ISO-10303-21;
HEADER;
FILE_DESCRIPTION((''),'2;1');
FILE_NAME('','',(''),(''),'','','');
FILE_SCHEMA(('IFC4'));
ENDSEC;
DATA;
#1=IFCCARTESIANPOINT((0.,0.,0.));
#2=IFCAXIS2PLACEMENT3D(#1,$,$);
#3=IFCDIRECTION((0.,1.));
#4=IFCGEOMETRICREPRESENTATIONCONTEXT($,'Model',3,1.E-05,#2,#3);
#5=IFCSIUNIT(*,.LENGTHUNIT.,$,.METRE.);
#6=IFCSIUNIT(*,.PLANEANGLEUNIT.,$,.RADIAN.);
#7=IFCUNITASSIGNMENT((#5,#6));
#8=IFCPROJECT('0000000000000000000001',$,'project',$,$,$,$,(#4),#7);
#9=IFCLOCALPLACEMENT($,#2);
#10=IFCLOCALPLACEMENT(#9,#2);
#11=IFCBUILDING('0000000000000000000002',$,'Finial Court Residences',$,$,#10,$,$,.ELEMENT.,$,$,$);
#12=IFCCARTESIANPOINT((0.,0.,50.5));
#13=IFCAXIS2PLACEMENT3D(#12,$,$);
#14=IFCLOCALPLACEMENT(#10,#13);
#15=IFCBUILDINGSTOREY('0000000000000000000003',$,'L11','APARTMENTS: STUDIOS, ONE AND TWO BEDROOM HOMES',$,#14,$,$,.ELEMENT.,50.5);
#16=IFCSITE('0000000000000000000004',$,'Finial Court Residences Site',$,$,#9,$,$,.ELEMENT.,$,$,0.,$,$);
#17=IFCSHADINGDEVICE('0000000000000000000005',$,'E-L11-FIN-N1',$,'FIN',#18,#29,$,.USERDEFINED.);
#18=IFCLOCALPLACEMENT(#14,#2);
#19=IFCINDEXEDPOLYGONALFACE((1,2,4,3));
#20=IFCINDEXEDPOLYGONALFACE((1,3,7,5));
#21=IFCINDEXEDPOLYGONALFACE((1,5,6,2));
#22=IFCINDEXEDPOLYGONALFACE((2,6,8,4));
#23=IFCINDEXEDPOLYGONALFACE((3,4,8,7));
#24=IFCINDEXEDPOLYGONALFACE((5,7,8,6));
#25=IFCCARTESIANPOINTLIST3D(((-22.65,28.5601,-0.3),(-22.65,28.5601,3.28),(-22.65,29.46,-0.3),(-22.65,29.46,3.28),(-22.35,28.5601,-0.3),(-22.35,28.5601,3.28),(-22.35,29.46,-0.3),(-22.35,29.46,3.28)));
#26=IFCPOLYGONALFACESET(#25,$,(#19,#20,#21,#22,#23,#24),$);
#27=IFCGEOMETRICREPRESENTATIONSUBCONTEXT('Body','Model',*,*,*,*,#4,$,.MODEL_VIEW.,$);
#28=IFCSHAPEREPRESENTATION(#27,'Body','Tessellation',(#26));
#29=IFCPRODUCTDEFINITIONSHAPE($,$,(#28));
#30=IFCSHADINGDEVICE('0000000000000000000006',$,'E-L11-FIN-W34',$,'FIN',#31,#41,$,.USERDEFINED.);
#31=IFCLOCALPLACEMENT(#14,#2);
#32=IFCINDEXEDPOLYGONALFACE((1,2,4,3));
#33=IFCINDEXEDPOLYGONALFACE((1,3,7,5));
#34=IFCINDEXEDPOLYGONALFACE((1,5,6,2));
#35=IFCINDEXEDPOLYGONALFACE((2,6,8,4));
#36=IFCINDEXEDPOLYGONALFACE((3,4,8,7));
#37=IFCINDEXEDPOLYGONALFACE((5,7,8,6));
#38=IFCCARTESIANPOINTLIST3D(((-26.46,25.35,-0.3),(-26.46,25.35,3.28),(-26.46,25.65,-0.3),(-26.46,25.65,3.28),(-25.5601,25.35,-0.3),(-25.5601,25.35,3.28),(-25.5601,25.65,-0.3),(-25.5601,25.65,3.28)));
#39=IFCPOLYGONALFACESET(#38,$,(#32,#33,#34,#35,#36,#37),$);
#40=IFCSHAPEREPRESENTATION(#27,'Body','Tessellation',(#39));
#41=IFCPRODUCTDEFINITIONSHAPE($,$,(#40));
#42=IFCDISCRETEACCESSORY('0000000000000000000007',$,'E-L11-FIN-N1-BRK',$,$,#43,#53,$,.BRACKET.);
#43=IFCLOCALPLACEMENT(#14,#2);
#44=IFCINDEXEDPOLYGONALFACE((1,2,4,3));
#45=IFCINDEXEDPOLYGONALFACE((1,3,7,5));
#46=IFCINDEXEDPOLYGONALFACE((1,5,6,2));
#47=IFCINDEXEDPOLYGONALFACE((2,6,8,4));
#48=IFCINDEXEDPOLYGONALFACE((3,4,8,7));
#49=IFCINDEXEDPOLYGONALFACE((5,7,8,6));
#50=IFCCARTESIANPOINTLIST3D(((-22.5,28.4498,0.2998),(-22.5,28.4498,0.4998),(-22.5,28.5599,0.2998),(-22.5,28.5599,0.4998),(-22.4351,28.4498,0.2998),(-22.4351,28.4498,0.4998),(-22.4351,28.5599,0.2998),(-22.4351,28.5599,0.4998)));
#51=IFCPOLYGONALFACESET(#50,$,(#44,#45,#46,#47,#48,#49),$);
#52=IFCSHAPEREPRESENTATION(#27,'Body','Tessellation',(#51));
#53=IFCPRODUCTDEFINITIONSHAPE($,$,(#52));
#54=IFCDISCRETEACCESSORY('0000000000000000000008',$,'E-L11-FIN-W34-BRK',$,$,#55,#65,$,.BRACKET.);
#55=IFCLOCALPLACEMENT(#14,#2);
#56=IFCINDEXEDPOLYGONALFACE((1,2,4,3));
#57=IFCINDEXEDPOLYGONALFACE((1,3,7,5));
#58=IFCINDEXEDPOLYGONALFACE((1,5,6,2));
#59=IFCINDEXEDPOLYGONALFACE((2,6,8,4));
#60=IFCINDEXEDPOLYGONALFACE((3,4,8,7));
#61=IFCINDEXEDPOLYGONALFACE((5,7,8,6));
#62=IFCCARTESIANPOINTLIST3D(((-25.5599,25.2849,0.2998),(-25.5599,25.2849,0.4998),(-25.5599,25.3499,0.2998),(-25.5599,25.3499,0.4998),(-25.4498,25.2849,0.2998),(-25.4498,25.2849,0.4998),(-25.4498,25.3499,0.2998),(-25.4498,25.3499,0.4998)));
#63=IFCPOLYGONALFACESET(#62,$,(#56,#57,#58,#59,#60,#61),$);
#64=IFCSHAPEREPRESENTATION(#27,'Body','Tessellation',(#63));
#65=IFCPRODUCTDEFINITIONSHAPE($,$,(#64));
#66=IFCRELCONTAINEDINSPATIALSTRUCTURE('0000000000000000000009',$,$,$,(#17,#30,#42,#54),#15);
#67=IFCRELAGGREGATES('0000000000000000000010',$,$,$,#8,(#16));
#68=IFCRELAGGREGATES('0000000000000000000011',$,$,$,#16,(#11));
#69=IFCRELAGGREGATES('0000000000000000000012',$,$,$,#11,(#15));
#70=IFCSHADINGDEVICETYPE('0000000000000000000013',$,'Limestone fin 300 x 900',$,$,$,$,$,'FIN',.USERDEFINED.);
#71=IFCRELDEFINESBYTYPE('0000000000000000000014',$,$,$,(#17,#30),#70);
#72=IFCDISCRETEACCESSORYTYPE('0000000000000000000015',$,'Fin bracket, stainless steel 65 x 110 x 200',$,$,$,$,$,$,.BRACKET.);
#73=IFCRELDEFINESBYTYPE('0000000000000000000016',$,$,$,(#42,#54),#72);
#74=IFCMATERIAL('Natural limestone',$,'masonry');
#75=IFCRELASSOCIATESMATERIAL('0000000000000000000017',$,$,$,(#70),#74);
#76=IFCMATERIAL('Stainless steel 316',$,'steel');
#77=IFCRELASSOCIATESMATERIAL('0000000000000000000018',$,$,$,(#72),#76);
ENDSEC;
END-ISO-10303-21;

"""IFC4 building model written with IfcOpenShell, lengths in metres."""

from ifc_helpers import new_model, si_unit, direction, frame, origin, origin_2d, place, context, subcontext, project, spatial, rectangle, extrude, material, type_object, element, save


model = new_model("IFC4")

# Units and contexts
model_context = context("Model", 3, precision=1e-05, world=origin(), true_north=direction((0.0, 1.0)))
body_context = subcontext(model_context, "Body", "Model", "MODEL_VIEW")
ifc_project = project(units=[si_unit("LENGTHUNIT", "METRE"), si_unit("PLANEANGLEUNIT", "RADIAN")], contexts=[model_context])

# Site, building, storey
site_placement = place(None, origin())
site = spatial("IfcSite", under=ifc_project, at=site_placement, Name="Finial Court Residences Site", CompositionType="ELEMENT", RefElevation=0.0)
building_placement = place(site_placement, origin())
building = spatial("IfcBuilding", under=site, at=building_placement, Name="Finial Court Residences", CompositionType="ELEMENT")
storey_placement = place(building_placement, frame((0.0, 0.0, 50.5)))
storey = spatial("IfcBuildingStorey", under=building, at=storey_placement, Name="L11", Description="APARTMENTS: STUDIOS, ONE AND TWO BEDROOM HOMES", CompositionType="ELEMENT", Elevation=50.5)

# Shared definitions
ifc_material_1 = material(Name="Natural limestone", Category="masonry")

# Shading devices
shading_device_type = type_object("IfcShadingDeviceType", Name="Limestone fin 300 x 900", ElementType="FIN", PredefinedType="USERDEFINED", material=ifc_material_1)
shading_device_1_placement = place(storey_placement, frame((-22.5, 29.01, -0.3), z_axis=(0.0, 0.0, 1.0), x_axis=(1.0, 0.0, 0.0)))
element("IfcShadingDevice", 1, at=shading_device_1_placement, inside=storey, type_object=shading_device_type, Name="E-L11-FIN-N1", ObjectType="FIN", PredefinedType="USERDEFINED", context=body_context, shape_type="SweptSolid", body=[
    extrude(rectangle(XDim=0.3, YDim=0.8999, at=origin_2d()), origin(), (0.0, 0.0, 1.0), 3.5801),
])
shading_device_2_placement = place(storey_placement, frame((-26.01, 25.5, -0.3), z_axis=(0.0, 0.0, 1.0), x_axis=(1.0, 0.0, 0.0)))
element("IfcShadingDevice", 2, at=shading_device_2_placement, inside=storey, type_object=shading_device_type, Name="E-L11-FIN-W34", ObjectType="FIN", PredefinedType="USERDEFINED", context=body_context, shape_type="SweptSolid", body=[
    extrude(rectangle(XDim=0.8999, YDim=0.3, at=origin_2d()), origin(), (0.0, 0.0, 1.0), 3.5801),
])

# Discrete accessories
ifc_material_2 = material(Name="Stainless steel 316", Category="steel")
discrete_accessory_type = type_object("IfcDiscreteAccessoryType", Name="Fin bracket, stainless steel 65 x 110 x 200", PredefinedType="BRACKET", material=ifc_material_2)
discrete_accessory_1_placement = place(storey_placement, frame((-22.4675, 28.5049, 0.2998), z_axis=(0.0, 0.0, 1.0), x_axis=(1.0, 0.0, 0.0)))
element("IfcDiscreteAccessory", 3, at=discrete_accessory_1_placement, inside=storey, type_object=discrete_accessory_type, Name="E-L11-FIN-N1-BRK", PredefinedType="BRACKET", context=body_context, shape_type="SweptSolid", body=[
    extrude(rectangle(XDim=0.0649, YDim=0.1101, at=origin_2d()), origin(), (0.0, 0.0, 1.0), 0.2),
])
discrete_accessory_2_placement = place(storey_placement, frame((-25.5049, 25.3174, 0.2998), z_axis=(0.0, 0.0, 1.0), x_axis=(1.0, 0.0, 0.0)))
element("IfcDiscreteAccessory", 4, at=discrete_accessory_2_placement, inside=storey, type_object=discrete_accessory_type, Name="E-L11-FIN-W34-BRK", PredefinedType="BRACKET", context=body_context, shape_type="SweptSolid", body=[
    extrude(rectangle(XDim=0.1101, YDim=0.0649, at=origin_2d()), origin(), (0.0, 0.0, 1.0), 0.2),
])

save(model, "model.ifc")
